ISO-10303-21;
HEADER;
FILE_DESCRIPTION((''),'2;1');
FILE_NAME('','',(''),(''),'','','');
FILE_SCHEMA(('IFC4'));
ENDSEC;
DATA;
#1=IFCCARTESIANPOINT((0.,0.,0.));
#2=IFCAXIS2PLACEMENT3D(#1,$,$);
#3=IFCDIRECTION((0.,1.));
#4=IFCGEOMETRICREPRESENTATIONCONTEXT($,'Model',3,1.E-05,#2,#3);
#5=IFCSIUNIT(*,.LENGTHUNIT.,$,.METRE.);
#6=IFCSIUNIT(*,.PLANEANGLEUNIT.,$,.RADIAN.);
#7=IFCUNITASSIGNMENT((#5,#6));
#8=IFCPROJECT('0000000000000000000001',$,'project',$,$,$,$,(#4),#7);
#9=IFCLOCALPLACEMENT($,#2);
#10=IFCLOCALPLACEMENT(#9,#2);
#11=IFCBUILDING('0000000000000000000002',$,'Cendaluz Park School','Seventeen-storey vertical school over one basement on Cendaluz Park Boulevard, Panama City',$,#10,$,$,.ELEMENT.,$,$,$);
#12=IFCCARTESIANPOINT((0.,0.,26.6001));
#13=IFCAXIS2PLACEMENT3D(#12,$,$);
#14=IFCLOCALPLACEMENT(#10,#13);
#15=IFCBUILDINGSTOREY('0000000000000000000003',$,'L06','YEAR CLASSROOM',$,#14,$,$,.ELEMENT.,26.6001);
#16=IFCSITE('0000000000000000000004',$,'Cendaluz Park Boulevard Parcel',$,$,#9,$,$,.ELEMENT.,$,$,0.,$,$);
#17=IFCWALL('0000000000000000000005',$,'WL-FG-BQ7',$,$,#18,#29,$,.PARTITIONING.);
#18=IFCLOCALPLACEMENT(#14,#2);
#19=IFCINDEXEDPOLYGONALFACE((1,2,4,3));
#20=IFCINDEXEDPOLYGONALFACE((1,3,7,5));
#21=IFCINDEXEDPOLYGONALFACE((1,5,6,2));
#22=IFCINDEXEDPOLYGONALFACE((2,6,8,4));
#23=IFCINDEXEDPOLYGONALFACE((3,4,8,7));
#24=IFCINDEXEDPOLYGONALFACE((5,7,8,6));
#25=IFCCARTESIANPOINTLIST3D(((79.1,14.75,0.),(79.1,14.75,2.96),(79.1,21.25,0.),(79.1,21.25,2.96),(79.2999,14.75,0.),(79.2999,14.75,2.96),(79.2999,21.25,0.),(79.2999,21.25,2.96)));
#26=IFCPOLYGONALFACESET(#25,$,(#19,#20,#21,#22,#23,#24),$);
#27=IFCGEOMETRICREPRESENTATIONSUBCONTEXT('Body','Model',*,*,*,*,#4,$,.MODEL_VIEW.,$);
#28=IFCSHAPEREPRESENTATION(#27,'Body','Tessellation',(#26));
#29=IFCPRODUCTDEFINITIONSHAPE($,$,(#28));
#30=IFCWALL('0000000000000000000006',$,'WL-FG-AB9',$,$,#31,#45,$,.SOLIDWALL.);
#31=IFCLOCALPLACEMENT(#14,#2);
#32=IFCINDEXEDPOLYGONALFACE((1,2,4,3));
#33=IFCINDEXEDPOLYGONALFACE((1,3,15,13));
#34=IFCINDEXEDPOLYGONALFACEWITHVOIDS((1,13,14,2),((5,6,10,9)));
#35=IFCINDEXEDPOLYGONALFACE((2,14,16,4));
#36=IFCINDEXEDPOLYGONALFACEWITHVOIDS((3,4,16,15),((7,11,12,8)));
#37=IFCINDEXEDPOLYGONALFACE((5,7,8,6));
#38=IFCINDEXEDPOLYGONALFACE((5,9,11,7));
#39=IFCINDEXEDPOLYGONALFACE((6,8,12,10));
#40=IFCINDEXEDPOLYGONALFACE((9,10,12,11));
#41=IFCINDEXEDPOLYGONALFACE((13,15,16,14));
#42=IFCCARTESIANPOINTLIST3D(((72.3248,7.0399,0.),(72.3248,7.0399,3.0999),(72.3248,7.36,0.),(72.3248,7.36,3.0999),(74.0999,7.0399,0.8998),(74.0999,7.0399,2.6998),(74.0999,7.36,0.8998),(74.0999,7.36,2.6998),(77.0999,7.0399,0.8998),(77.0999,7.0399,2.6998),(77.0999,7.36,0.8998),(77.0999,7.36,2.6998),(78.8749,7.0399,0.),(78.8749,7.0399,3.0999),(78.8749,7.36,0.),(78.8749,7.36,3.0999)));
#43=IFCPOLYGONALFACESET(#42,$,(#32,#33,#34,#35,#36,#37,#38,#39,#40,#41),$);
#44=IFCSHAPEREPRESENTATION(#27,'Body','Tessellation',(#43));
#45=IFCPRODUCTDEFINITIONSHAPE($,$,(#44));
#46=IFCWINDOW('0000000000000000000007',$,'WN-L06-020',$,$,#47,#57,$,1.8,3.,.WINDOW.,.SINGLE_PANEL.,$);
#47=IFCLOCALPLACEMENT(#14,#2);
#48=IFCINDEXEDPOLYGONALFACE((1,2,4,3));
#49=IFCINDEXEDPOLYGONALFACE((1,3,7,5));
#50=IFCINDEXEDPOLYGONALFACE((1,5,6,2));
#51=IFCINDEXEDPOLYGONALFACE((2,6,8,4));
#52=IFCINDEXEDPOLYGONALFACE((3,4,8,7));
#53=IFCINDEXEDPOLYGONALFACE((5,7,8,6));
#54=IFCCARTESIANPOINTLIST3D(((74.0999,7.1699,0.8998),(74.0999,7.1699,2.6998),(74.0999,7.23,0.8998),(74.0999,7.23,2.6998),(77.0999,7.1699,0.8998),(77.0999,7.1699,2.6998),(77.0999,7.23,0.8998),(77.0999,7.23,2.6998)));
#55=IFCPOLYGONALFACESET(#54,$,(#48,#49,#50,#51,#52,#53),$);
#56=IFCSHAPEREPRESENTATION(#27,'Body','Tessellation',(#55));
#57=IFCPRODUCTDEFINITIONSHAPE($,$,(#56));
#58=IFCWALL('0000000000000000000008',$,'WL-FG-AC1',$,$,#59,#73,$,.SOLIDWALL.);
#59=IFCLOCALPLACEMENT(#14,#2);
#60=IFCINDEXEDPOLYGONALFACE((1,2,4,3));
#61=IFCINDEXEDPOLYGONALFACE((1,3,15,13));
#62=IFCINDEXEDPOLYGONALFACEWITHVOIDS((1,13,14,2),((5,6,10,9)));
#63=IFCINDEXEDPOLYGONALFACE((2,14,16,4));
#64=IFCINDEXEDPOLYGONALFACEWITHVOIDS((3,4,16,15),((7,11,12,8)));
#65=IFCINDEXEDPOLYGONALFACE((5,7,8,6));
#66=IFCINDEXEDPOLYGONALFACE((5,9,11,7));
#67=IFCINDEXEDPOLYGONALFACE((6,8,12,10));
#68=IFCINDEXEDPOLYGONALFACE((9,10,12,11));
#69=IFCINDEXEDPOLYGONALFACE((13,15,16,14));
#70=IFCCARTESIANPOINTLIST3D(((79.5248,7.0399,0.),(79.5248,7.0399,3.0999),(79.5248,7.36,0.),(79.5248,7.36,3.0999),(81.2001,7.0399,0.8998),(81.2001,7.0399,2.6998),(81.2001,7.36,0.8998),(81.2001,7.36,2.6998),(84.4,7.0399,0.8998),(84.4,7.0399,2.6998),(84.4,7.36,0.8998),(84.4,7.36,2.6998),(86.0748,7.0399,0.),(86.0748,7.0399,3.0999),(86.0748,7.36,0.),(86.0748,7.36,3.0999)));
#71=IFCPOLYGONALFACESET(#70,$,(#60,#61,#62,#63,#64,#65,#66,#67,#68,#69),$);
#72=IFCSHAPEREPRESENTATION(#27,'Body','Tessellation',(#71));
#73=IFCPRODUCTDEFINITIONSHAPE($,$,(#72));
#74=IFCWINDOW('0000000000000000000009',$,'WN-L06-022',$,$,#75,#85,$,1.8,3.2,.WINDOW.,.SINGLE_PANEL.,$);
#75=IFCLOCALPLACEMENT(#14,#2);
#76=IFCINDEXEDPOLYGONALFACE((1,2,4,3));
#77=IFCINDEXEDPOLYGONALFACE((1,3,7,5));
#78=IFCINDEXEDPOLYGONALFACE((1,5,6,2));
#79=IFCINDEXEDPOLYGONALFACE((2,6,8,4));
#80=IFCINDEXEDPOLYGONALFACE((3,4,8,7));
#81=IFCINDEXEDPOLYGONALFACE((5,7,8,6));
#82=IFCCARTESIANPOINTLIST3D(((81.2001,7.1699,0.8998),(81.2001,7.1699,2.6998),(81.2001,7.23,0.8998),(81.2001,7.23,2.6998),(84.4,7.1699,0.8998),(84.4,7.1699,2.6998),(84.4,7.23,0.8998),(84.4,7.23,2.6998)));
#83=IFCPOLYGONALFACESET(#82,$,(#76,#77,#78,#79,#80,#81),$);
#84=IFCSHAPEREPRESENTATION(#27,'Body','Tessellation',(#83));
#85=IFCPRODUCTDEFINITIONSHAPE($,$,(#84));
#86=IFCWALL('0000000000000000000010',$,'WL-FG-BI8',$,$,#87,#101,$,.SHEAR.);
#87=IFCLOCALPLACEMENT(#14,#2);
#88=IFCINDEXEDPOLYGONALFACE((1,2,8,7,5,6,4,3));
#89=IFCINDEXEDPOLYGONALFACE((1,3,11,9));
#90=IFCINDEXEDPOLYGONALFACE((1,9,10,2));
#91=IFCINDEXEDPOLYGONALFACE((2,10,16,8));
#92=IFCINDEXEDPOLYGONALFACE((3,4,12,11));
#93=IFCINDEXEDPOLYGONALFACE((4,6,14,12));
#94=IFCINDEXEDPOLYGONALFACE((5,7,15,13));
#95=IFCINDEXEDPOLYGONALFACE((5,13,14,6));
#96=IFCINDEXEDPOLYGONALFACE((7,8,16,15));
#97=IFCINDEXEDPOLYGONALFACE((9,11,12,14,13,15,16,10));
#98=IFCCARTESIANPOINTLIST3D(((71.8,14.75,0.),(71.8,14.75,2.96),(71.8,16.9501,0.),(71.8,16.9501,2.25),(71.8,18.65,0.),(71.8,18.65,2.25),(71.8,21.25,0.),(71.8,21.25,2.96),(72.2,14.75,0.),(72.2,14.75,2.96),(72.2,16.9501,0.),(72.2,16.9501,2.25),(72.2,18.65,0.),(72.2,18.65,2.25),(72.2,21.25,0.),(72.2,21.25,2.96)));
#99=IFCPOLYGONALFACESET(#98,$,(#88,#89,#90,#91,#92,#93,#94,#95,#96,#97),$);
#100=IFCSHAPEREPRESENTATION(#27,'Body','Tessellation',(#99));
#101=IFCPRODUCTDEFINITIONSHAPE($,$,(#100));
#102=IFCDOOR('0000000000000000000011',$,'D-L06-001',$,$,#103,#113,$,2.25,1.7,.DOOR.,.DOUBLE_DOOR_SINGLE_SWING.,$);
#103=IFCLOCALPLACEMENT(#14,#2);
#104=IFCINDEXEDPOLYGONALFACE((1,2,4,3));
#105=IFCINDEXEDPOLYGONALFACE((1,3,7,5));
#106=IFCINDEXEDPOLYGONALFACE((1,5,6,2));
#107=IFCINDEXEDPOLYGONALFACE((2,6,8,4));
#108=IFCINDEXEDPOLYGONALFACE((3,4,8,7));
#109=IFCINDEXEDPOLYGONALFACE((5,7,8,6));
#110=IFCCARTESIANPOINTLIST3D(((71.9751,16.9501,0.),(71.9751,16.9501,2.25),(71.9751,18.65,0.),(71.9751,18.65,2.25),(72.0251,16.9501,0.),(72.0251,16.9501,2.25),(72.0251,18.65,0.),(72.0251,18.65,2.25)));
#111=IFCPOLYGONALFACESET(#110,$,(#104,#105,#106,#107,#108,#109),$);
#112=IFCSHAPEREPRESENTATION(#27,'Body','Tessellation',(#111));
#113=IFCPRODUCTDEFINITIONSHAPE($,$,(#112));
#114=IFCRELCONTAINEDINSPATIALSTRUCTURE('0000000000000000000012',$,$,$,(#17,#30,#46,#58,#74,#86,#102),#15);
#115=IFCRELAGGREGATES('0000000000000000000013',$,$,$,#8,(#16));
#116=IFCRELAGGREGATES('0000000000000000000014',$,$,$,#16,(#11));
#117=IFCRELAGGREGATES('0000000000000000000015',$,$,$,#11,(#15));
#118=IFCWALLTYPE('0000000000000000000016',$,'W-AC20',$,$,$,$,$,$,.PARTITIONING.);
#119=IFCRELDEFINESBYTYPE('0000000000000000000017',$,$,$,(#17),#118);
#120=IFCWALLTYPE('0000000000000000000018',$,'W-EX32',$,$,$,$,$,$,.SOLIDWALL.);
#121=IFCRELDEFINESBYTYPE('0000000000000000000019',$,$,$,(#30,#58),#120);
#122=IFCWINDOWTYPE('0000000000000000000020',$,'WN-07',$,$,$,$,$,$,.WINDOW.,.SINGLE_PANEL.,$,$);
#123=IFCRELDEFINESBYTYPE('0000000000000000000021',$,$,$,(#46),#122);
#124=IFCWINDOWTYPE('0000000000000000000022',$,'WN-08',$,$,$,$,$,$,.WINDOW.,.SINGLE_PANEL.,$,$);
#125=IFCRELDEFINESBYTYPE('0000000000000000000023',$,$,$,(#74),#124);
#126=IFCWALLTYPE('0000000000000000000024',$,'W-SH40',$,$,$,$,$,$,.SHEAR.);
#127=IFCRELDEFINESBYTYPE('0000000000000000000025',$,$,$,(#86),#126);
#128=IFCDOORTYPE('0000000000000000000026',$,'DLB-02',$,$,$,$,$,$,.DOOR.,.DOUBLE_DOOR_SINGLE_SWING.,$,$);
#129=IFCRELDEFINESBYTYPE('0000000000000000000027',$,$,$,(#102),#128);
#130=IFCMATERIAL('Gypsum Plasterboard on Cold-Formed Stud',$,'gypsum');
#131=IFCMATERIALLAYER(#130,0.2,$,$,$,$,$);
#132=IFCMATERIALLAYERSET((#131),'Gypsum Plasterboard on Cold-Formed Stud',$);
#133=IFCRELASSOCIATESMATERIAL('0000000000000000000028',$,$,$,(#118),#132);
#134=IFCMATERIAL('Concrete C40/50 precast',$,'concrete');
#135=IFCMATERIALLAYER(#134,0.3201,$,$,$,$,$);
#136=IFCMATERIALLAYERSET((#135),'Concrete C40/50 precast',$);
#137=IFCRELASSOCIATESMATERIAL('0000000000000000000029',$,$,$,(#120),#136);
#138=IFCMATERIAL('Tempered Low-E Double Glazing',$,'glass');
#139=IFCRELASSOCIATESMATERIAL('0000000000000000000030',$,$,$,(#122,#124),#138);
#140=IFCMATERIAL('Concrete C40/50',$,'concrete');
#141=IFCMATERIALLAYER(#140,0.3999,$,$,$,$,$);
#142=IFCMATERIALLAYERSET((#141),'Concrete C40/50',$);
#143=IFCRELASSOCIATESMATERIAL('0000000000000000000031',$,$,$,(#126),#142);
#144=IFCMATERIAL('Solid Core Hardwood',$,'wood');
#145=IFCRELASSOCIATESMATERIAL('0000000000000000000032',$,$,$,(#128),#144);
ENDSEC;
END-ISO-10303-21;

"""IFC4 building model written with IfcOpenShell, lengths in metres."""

from ifc_helpers import new_model, si_unit, direction, frame, frame_2d, origin, place, context, subcontext, project, spatial, rectangle, extrude, material, layer, layer_set, type_object, element, fill, save


model = new_model("IFC4")

# Units and contexts
model_context = context("Model", 3, precision=1e-05, world=origin(), true_north=direction((0.0, 1.0)))
body_context = subcontext(model_context, "Body", "Model", "MODEL_VIEW")
ifc_project = project(units=[si_unit("LENGTHUNIT", "METRE"), si_unit("PLANEANGLEUNIT", "RADIAN")], contexts=[model_context])

# Site, building, storey
site_placement = place(None, origin())
site = spatial("IfcSite", under=ifc_project, at=site_placement, Name="Cendaluz Park Boulevard Parcel", CompositionType="ELEMENT", RefElevation=0.0)
building_placement = place(site_placement, origin())
building = spatial("IfcBuilding", under=site, at=building_placement, Name="Cendaluz Park School", Description="Seventeen-storey vertical school over one basement on Cendaluz Park Boulevard, Panama City", CompositionType="ELEMENT")
storey_placement = place(building_placement, frame((0.0, 0.0, 26.6001)))
storey = spatial("IfcBuildingStorey", under=building, at=storey_placement, Name="L06", Description="YEAR CLASSROOM", CompositionType="ELEMENT", Elevation=26.6001)

# Shared definitions
ifc_material_1 = material(Name="Concrete C40/50", Category="concrete")

# Shared definitions
ifc_material_2 = material(Name="Gypsum Plasterboard on Cold-Formed Stud", Category="gypsum")
ifc_layer_1 = layer(ifc_material_2, 0.2)
ifc_layer_set_1 = layer_set([ifc_layer_1], Name="Gypsum Plasterboard on Cold-Formed Stud")
wall_type_1 = type_object("IfcWallType", Name="W-AC20", PredefinedType="PARTITIONING", material=ifc_layer_set_1)
ifc_material_3 = material(Name="Solid Core Hardwood", Category="wood")

# Wall
wall_1_placement = place(storey_placement, frame((79.2, 14.75, 0.0), z_axis=(0.0, 0.0, 1.0), x_axis=(0.0, 1.0, 0.0)))
element("IfcWall", 1, at=wall_1_placement, inside=storey, type_object=wall_type_1, Name="WL-FG-BQ7", PredefinedType="PARTITIONING", context=body_context, shape_type="SweptSolid", body=[
    extrude(rectangle(XDim=6.5, YDim=0.2, at=frame_2d((3.25, 0.0))), origin(), (0.0, 0.0, 1.0), 2.96),
])

# Walls, openings, windows
ifc_material_4 = material(Name="Concrete C40/50 precast", Category="concrete")
ifc_layer_2 = layer(ifc_material_4, 0.3201)
ifc_layer_set_2 = layer_set([ifc_layer_2], Name="Concrete C40/50 precast")
wall_type_2 = type_object("IfcWallType", Name="W-EX32", PredefinedType="SOLIDWALL", material=ifc_layer_set_2)
wall_2_placement = place(storey_placement, frame((72.325, 7.2, 0.0), z_axis=(0.0, 0.0, 1.0), x_axis=(1.0, 0.0, 0.0)))
wall_2 = element("IfcWall", 2, at=wall_2_placement, inside=storey, type_object=wall_type_2, Name="WL-FG-AB9", PredefinedType="SOLIDWALL", context=body_context, shape_type="SweptSolid", body=[
    extrude(rectangle(XDim=6.55, YDim=0.3201, at=frame_2d((3.2749, 0.0))), origin(), (0.0, 0.0, 1.0), 3.0999),
])
opening_1_placement = place(wall_2_placement, frame((1.7749, 0.0, 0.8999)))
opening_1 = element("IfcOpeningElement", 3, at=opening_1_placement, cuts=wall_2, PredefinedType="OPENING", context=body_context, shape_type="SweptSolid", body=[
    extrude(rectangle(XDim=3.0, YDim=1.8, at=frame_2d((1.5, 0.8999))), frame((0.0, 0.1721, 0.0), z_axis=(0.0, -1.0, 0.0), x_axis=(1.0, 0.0, 0.0)), (0.0, 0.0, 1.0), 0.344),
])
ifc_material_5 = material(Name="Tempered Low-E Double Glazing", Category="glass")
window_type_1 = type_object("IfcWindowType", Name="WN-07", PartitioningType="SINGLE_PANEL", PredefinedType="WINDOW", material=ifc_material_5)
window_1_placement = place(opening_1_placement, origin())
window_1 = element("IfcWindow", 4, at=window_1_placement, inside=storey, type_object=window_type_1, Name="WN-L06-020", OverallHeight=1.8, OverallWidth=3.0, PartitioningType="SINGLE_PANEL", PredefinedType="WINDOW", context=body_context, shape_type="SweptSolid", body=[
    extrude(rectangle(XDim=3.0, YDim=1.8, at=frame_2d((1.5, 0.8999))), frame((0.0, 0.03, 0.0), z_axis=(0.0, -1.0, 0.0), x_axis=(1.0, 0.0, 0.0)), (0.0, 0.0, 1.0), 0.0601),
])
fill(opening_1, window_1)
wall_3_placement = place(storey_placement, frame((79.5249, 7.2, 0.0), z_axis=(0.0, 0.0, 1.0), x_axis=(1.0, 0.0, 0.0)))
wall_3 = element("IfcWall", 5, at=wall_3_placement, inside=storey, type_object=wall_type_2, Name="WL-FG-AC1", PredefinedType="SOLIDWALL", context=body_context, shape_type="SweptSolid", body=[
    extrude(rectangle(XDim=6.55, YDim=0.3201, at=frame_2d((3.2749, 0.0))), origin(), (0.0, 0.0, 1.0), 3.0999),
])
opening_2_placement = place(wall_3_placement, frame((1.675, 0.0, 0.8999)))
opening_2 = element("IfcOpeningElement", 6, at=opening_2_placement, cuts=wall_3, PredefinedType="OPENING", context=body_context, shape_type="SweptSolid", body=[
    extrude(rectangle(XDim=3.2, YDim=1.8, at=frame_2d((1.6001, 0.8999))), frame((0.0, 0.1721, 0.0), z_axis=(0.0, -1.0, 0.0), x_axis=(1.0, 0.0, 0.0)), (0.0, 0.0, 1.0), 0.344),
])
window_type_2 = type_object("IfcWindowType", Name="WN-08", PartitioningType="SINGLE_PANEL", PredefinedType="WINDOW", material=ifc_material_5)
window_2_placement = place(opening_2_placement, origin())
window_2 = element("IfcWindow", 7, at=window_2_placement, inside=storey, type_object=window_type_2, Name="WN-L06-022", OverallHeight=1.8, OverallWidth=3.2, PartitioningType="SINGLE_PANEL", PredefinedType="WINDOW", context=body_context, shape_type="SweptSolid", body=[
    extrude(rectangle(XDim=3.2, YDim=1.8, at=frame_2d((1.6001, 0.8999))), frame((0.0, 0.03, 0.0), z_axis=(0.0, -1.0, 0.0), x_axis=(1.0, 0.0, 0.0)), (0.0, 0.0, 1.0), 0.0601),
])
fill(opening_2, window_2)

# Wall, opening, door
ifc_layer_3 = layer(ifc_material_1, 0.3999)
ifc_layer_set_3 = layer_set([ifc_layer_3], Name="Concrete C40/50")
wall_type_3 = type_object("IfcWallType", Name="W-SH40", PredefinedType="SHEAR", material=ifc_layer_set_3)
wall_4_placement = place(storey_placement, frame((72.0, 14.75, 0.0), z_axis=(0.0, 0.0, 1.0), x_axis=(0.0, 1.0, 0.0)))
wall_4 = element("IfcWall", 8, at=wall_4_placement, inside=storey, type_object=wall_type_3, Name="WL-FG-BI8", PredefinedType="SHEAR", context=body_context, shape_type="SweptSolid", body=[
    extrude(rectangle(XDim=6.5, YDim=0.3999, at=frame_2d((3.25, 0.0))), origin(), (0.0, 0.0, 1.0), 2.96),
])
opening_3_placement = place(wall_4_placement, frame((2.2, 0.0, 0.0)))
opening_3 = element("IfcOpeningElement", 9, at=opening_3_placement, cuts=wall_4, PredefinedType="OPENING", context=body_context, shape_type="SweptSolid", body=[
    extrude(rectangle(XDim=1.7, YDim=2.25, at=frame_2d((0.8501, 1.125))), frame((0.0, 0.2119, 0.0), z_axis=(0.0, -1.0, 0.0), x_axis=(1.0, 0.0, 0.0)), (0.0, 0.0, 1.0), 0.4238),
])
door_type_1 = type_object("IfcDoorType", Name="DLB-02", OperationType="DOUBLE_DOOR_SINGLE_SWING", PredefinedType="DOOR", material=ifc_material_3)
door_1_placement = place(opening_3_placement, origin())
door_1 = element("IfcDoor", 10, at=door_1_placement, inside=storey, type_object=door_type_1, Name="D-L06-001", OperationType="DOUBLE_DOOR_SINGLE_SWING", OverallHeight=2.25, OverallWidth=1.7, PredefinedType="DOOR", context=body_context, shape_type="SweptSolid", body=[
    extrude(rectangle(XDim=1.7, YDim=2.25, at=frame_2d((0.8501, 1.125))), frame((0.0, 0.0249, 0.0), z_axis=(0.0, -1.0, 0.0), x_axis=(1.0, 0.0, 0.0)), (0.0, 0.0, 1.0), 0.05),
])
fill(opening_3, door_1)

save(model, "model.ifc")
